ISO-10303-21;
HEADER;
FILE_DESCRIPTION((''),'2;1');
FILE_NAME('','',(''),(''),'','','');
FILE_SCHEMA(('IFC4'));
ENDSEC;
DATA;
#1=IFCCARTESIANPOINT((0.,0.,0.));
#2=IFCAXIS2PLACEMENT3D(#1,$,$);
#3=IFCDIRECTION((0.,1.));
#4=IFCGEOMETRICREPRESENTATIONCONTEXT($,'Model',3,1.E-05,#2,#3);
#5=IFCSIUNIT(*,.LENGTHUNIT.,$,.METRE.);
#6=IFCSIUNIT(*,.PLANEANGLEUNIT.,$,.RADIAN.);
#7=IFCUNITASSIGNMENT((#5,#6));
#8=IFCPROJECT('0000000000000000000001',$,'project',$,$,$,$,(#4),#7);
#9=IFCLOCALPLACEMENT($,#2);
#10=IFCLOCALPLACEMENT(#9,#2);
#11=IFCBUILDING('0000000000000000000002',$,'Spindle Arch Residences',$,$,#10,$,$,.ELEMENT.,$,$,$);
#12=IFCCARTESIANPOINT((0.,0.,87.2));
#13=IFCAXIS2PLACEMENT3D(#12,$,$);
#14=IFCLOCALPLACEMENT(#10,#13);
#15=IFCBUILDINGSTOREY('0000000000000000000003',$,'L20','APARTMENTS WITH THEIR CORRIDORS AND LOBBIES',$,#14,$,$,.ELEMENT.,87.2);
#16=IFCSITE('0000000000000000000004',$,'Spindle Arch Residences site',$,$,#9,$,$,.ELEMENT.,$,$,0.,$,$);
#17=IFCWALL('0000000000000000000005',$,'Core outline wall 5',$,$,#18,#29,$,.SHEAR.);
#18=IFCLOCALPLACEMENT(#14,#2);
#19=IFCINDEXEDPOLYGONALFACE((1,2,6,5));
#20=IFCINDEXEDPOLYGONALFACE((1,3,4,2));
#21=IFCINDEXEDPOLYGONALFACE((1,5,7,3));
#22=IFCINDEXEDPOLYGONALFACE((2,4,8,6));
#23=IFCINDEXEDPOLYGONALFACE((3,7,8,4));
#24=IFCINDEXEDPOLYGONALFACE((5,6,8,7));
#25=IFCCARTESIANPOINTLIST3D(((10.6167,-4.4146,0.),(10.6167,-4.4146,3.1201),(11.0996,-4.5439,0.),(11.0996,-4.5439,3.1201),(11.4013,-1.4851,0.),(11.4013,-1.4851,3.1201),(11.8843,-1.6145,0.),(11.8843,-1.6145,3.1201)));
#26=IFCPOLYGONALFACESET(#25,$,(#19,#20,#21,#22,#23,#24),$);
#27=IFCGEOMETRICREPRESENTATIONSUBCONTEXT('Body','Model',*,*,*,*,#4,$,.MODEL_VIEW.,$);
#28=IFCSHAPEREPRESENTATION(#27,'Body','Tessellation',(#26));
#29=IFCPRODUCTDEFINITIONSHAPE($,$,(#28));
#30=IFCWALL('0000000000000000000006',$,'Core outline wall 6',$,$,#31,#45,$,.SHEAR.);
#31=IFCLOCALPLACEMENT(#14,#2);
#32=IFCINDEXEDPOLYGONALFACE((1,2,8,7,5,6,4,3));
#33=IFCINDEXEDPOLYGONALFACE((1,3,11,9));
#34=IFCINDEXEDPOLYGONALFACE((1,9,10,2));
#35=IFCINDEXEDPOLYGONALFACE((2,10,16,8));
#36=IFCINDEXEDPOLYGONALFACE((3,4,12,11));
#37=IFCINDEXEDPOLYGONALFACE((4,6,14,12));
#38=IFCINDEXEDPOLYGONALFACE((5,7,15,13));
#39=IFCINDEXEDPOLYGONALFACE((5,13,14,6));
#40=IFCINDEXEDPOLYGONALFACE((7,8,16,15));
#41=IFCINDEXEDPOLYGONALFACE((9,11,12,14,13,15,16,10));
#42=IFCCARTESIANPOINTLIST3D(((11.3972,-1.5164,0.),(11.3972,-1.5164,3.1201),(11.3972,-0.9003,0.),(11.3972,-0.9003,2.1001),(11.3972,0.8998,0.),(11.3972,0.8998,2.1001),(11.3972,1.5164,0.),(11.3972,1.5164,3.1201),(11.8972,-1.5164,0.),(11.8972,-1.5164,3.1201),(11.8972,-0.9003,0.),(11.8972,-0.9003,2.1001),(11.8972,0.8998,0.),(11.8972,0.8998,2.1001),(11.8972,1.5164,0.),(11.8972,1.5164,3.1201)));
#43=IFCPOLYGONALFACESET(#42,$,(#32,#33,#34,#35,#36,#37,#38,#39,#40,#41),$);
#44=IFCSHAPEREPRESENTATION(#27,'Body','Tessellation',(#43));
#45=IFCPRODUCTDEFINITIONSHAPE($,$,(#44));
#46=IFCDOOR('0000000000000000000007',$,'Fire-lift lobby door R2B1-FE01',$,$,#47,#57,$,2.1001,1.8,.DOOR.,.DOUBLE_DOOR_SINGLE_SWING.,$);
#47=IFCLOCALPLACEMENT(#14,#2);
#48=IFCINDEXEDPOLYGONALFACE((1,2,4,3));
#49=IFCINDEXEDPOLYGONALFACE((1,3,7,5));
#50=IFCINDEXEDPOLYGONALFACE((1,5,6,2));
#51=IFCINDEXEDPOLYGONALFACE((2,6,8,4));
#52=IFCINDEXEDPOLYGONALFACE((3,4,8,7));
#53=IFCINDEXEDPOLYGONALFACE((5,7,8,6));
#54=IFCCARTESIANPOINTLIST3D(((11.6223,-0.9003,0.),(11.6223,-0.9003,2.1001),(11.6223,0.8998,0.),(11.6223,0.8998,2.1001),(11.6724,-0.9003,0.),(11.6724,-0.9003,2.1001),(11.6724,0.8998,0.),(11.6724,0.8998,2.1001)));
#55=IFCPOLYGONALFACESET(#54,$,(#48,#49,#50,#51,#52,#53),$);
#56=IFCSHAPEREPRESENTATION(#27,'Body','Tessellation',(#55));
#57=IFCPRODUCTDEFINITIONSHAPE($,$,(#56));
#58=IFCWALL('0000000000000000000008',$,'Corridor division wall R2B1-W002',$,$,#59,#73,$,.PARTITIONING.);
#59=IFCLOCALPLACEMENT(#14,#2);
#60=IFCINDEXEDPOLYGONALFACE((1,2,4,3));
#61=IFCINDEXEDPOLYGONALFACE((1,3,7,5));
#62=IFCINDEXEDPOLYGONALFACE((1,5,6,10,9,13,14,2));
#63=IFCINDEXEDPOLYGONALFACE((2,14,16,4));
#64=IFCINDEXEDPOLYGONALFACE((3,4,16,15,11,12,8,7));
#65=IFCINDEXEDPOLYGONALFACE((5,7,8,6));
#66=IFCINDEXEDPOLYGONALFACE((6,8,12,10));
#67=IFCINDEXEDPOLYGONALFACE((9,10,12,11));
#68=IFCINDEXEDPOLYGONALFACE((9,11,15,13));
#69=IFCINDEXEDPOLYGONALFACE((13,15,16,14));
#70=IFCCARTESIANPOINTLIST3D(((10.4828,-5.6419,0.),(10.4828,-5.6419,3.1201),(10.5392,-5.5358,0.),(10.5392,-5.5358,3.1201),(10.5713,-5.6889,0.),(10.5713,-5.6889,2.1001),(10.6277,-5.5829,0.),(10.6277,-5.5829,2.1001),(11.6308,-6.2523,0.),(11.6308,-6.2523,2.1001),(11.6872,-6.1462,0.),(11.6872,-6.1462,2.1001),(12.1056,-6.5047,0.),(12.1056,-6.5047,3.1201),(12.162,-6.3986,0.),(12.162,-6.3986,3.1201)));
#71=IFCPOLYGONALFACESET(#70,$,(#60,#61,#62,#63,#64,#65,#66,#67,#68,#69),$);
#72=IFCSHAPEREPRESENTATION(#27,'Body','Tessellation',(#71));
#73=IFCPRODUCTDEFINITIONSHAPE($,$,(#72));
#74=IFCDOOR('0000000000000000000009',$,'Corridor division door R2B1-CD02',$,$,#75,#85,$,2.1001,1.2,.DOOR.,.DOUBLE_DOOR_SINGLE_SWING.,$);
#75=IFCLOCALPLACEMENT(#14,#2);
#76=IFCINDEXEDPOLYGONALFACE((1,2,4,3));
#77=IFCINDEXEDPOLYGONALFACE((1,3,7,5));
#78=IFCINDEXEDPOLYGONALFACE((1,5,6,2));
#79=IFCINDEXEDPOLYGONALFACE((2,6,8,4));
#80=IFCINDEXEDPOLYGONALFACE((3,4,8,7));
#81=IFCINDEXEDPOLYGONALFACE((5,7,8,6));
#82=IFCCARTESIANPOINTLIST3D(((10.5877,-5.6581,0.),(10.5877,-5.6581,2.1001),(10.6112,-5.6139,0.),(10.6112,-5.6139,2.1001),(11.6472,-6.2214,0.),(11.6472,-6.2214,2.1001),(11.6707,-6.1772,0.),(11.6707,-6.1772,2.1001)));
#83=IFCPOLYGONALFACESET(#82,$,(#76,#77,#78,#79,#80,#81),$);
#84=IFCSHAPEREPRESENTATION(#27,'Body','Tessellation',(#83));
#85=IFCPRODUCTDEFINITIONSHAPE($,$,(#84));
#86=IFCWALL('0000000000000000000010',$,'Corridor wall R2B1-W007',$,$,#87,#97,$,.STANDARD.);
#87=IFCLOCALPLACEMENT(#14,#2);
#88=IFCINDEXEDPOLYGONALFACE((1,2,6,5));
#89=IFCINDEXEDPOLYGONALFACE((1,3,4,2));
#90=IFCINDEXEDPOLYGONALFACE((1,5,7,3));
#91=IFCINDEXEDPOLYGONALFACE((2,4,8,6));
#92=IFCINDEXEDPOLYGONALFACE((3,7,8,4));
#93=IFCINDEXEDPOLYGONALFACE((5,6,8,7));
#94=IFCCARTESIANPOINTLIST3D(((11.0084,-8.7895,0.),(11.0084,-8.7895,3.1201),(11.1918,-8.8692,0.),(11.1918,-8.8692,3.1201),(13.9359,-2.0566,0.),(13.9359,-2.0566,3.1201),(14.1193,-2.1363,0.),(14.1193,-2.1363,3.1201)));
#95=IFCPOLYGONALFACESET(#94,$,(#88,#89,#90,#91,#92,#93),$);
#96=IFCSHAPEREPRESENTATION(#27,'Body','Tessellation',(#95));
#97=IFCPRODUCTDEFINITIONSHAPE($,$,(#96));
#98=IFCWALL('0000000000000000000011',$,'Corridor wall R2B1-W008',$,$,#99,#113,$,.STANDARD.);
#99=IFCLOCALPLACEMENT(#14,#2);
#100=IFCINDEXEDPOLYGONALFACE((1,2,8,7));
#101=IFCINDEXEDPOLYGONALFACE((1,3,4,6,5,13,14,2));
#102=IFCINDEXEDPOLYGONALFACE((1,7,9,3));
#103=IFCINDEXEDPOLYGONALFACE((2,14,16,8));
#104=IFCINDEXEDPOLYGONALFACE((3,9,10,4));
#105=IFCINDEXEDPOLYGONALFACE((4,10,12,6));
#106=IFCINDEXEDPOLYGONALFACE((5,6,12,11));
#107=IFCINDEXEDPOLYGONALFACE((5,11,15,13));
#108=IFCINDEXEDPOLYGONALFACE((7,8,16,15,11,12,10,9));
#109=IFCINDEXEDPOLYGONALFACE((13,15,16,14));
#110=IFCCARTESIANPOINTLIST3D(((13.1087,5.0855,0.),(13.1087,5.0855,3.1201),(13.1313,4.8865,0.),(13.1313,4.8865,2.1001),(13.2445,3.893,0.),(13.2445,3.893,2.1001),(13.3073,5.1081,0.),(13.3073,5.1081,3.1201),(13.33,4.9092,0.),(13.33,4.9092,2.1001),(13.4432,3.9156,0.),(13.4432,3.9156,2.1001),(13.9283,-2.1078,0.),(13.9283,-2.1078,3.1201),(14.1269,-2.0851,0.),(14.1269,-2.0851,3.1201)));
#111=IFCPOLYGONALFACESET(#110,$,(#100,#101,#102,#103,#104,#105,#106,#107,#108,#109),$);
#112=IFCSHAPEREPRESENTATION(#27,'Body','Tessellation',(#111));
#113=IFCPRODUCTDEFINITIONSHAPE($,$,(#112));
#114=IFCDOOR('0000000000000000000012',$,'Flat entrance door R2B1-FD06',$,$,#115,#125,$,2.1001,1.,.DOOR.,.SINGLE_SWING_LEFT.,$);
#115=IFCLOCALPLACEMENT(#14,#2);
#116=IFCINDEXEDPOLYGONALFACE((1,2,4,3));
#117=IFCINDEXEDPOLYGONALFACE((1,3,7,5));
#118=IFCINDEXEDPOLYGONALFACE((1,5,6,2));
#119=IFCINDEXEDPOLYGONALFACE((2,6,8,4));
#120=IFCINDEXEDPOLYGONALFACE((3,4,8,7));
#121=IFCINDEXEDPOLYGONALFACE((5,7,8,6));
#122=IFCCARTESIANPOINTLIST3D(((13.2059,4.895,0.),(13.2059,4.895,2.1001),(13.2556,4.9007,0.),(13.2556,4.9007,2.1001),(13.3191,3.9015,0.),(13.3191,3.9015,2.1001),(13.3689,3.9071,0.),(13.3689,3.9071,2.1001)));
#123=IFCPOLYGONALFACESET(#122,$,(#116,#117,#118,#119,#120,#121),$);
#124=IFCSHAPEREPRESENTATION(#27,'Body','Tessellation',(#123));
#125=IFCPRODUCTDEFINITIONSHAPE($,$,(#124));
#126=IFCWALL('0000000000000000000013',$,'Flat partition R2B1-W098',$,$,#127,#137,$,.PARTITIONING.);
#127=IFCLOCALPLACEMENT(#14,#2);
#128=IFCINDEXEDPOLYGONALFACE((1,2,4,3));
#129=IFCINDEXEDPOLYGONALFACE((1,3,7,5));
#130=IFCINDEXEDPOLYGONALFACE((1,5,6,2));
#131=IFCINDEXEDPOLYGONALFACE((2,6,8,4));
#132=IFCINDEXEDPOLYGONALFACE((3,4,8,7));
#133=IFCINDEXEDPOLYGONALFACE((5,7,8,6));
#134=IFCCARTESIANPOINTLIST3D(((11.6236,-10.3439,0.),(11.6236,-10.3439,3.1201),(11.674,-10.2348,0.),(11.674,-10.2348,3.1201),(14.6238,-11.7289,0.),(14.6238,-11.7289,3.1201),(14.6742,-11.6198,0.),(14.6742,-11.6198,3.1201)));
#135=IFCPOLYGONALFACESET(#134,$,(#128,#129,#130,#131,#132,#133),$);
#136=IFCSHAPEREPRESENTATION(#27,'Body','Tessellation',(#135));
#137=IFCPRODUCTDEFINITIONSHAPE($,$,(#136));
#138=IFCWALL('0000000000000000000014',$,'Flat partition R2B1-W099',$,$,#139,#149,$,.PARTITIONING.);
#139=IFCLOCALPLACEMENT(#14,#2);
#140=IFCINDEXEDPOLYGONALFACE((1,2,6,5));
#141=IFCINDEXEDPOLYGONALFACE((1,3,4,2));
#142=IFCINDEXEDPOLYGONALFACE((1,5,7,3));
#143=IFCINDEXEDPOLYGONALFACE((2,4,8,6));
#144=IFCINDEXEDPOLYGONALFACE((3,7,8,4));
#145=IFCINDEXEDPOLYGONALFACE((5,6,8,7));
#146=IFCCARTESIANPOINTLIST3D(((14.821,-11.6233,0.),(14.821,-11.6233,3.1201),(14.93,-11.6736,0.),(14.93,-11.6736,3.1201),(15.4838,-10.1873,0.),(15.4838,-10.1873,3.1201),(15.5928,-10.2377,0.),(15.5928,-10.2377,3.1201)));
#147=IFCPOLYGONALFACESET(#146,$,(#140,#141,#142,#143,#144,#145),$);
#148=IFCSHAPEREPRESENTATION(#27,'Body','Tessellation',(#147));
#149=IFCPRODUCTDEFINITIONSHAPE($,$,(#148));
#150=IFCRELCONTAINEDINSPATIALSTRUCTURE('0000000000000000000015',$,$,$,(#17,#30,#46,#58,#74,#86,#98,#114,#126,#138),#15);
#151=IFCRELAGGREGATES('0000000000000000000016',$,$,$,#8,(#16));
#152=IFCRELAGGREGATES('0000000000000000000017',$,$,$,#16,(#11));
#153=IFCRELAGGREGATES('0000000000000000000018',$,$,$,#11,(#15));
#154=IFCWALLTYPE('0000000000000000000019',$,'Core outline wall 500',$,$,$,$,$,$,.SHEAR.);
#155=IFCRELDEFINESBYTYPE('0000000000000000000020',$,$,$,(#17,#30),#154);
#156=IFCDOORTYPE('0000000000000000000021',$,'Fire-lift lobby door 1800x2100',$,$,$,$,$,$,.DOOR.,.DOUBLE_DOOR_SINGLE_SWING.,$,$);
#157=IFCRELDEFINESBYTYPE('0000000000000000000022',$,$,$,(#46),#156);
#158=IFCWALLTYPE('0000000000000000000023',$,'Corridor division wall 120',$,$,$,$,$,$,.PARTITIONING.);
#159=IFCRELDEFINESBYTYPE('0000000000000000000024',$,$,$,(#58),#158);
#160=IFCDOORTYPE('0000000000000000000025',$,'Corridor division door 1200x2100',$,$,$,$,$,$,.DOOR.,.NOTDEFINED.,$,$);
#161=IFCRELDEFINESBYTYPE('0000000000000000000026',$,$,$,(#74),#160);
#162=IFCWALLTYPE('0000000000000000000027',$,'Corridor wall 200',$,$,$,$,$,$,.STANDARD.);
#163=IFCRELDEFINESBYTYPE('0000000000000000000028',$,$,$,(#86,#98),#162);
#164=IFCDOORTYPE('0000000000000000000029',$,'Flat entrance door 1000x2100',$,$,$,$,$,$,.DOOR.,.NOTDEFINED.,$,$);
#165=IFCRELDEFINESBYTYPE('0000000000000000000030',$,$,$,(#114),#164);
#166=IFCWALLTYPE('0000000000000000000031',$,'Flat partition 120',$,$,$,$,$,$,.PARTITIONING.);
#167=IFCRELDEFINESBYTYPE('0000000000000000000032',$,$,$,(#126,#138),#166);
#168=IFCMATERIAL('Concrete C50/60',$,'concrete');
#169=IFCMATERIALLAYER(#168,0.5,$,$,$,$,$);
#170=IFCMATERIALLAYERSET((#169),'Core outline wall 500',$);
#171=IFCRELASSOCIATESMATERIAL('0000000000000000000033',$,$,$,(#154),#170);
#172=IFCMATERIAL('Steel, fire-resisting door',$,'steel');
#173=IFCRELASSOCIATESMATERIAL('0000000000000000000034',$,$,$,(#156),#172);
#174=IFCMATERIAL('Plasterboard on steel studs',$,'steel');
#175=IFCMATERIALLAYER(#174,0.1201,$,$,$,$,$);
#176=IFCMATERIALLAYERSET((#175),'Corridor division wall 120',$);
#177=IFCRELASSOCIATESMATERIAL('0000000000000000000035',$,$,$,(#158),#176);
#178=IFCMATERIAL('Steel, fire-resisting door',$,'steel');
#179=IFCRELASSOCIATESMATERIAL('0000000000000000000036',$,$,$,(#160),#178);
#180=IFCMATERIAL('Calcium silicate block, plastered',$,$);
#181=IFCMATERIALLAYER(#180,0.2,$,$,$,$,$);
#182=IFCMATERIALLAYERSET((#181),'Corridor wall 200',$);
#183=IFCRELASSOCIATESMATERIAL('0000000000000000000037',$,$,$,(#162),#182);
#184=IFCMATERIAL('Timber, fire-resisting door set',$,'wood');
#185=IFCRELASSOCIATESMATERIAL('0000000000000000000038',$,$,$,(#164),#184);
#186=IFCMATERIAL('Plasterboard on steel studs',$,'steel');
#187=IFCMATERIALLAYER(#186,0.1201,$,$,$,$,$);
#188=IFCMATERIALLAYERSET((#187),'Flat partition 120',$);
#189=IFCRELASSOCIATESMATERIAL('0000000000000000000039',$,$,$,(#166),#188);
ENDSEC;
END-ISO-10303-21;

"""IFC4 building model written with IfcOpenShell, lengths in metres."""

from ifc_helpers import new_model, si_unit, direction, frame, frame_2d, origin, place, context, subcontext, project, spatial, rectangle, extrude, material, layer, layer_set, type_object, element, fill, save


model = new_model("IFC4")

# Units and contexts
model_context = context("Model", 3, precision=1e-05, world=origin(), true_north=direction((0.0, 1.0)))
body_context = subcontext(model_context, "Body", "Model", "MODEL_VIEW")
ifc_project = project(units=[si_unit("LENGTHUNIT", "METRE"), si_unit("PLANEANGLEUNIT", "RADIAN")], contexts=[model_context])

# Site, building, storey
site_placement = place(None, origin())
site = spatial("IfcSite", under=ifc_project, at=site_placement, Name="Spindle Arch Residences site", CompositionType="ELEMENT", RefElevation=0.0)
building_placement = place(site_placement, origin())
building = spatial("IfcBuilding", under=site, at=building_placement, Name="Spindle Arch Residences", CompositionType="ELEMENT")
storey_placement = place(building_placement, frame((0.0, 0.0, 87.2)))
storey = spatial("IfcBuildingStorey", under=building, at=storey_placement, Name="L20", Description="APARTMENTS WITH THEIR CORRIDORS AND LOBBIES", CompositionType="ELEMENT", Elevation=87.2)

# Wall
ifc_material_1 = material(Name="Concrete C50/60", Category="concrete")
ifc_layer_1 = layer(ifc_material_1, 0.5)
ifc_layer_set_1 = layer_set([ifc_layer_1], Name="Core outline wall 500")
wall_type_1 = type_object("IfcWallType", Name="Core outline wall 500", PredefinedType="SHEAR", material=ifc_layer_set_1)
wall_1_placement = place(storey_placement, frame((10.8582, -4.4792, 0.0), z_axis=(0.0, 0.0, 1.0), x_axis=(0.258735, 0.965948, 0.0)))
element("IfcWall", 1, at=wall_1_placement, inside=storey, type_object=wall_type_1, Name="Core outline wall 5", PredefinedType="SHEAR", context=body_context, shape_type="SweptSolid", body=[
    extrude(rectangle(XDim=3.0327, YDim=0.5, at=frame_2d((1.5164, 0.0))), origin(), (0.0, 0.0, 1.0), 3.1201),
])

# Walls, openings, doors
wall_2_placement = place(storey_placement, frame((11.6472, -1.5164, 0.0), z_axis=(0.0, 0.0, 1.0), x_axis=(0.0, 1.0, 0.0)))
wall_2 = element("IfcWall", 2, at=wall_2_placement, inside=storey, type_object=wall_type_1, Name="Core outline wall 6", PredefinedType="SHEAR", context=body_context, shape_type="SweptSolid", body=[
    extrude(rectangle(XDim=3.0327, YDim=0.5, at=frame_2d((1.5164, 0.0))), origin(), (0.0, 0.0, 1.0), 3.1201),
])
opening_1_placement = place(wall_2_placement, frame((0.6162, 0.0, 0.0)))
opening_1 = element("IfcOpeningElement", 3, at=opening_1_placement, cuts=wall_2, PredefinedType="OPENING", context=body_context, shape_type="SweptSolid", body=[
    extrude(rectangle(XDim=1.8, YDim=2.1001, at=frame_2d((0.8999, 1.05))), frame((0.0, 0.26, 0.0), z_axis=(0.0, -1.0, 0.0), x_axis=(1.0, 0.0, 0.0)), (0.0, 0.0, 1.0), 0.52),
])
ifc_material_2 = material(Name="Steel, fire-resisting door", Category="steel")
door_type_1 = type_object("IfcDoorType", Name="Fire-lift lobby door 1800x2100", OperationType="DOUBLE_DOOR_SINGLE_SWING", PredefinedType="DOOR", material=ifc_material_2)
door_1_placement = place(opening_1_placement, origin())
door_1 = element("IfcDoor", 4, at=door_1_placement, inside=storey, type_object=door_type_1, Name="Fire-lift lobby door R2B1-FE01", OperationType="DOUBLE_DOOR_SINGLE_SWING", OverallHeight=2.1001, OverallWidth=1.8, PredefinedType="DOOR", context=body_context, shape_type="SweptSolid", body=[
    extrude(rectangle(XDim=1.8, YDim=2.1001, at=frame_2d((0.8999, 1.05))), frame((0.0, 0.0249, 0.0), z_axis=(0.0, -1.0, 0.0), x_axis=(1.0, 0.0, 0.0)), (0.0, 0.0, 1.0), 0.05),
])
fill(opening_1, door_1)
ifc_material_3 = material(Name="Plasterboard on steel studs", Category="steel")
ifc_layer_2 = layer(ifc_material_3, 0.1201)
ifc_layer_set_2 = layer_set([ifc_layer_2], Name="Corridor division wall 120")
wall_type_2 = type_object("IfcWallType", Name="Corridor division wall 120", PredefinedType="PARTITIONING", material=ifc_layer_set_2)
wall_3_placement = place(storey_placement, frame((10.511, -5.5889, 0.0), z_axis=(0.0, 0.0, 1.0), x_axis=(0.882963, -0.469443, 0.0)))
wall_3 = element("IfcWall", 5, at=wall_3_placement, inside=storey, type_object=wall_type_2, Name="Corridor division wall R2B1-W002", PredefinedType="PARTITIONING", context=body_context, shape_type="SweptSolid", body=[
    extrude(rectangle(XDim=1.8379, YDim=0.1201, at=frame_2d((0.9189, 0.0))), origin(), (0.0, 0.0, 1.0), 3.1201),
])
opening_2_placement = place(wall_3_placement, frame((0.1001, 0.0, 0.0)))
opening_2 = element("IfcOpeningElement", 6, at=opening_2_placement, cuts=wall_3, PredefinedType="OPENING", context=body_context, shape_type="SweptSolid", body=[
    extrude(rectangle(XDim=1.2, YDim=2.1001, at=frame_2d((0.6001, 1.05))), frame((0.0, 0.0701, 0.0), z_axis=(0.0, -1.0, 0.0), x_axis=(1.0, 0.0, 0.0)), (0.0, 0.0, 1.0), 0.1401),
])
ifc_material_4 = material(Name="Steel, fire-resisting door", Category="steel")
door_type_2 = type_object("IfcDoorType", Name="Corridor division door 1200x2100", OperationType="NOTDEFINED", PredefinedType="DOOR", material=ifc_material_4)
door_2_placement = place(opening_2_placement, origin())
door_2 = element("IfcDoor", 7, at=door_2_placement, inside=storey, type_object=door_type_2, Name="Corridor division door R2B1-CD02", OperationType="DOUBLE_DOOR_SINGLE_SWING", OverallHeight=2.1001, OverallWidth=1.2, PredefinedType="DOOR", context=body_context, shape_type="SweptSolid", body=[
    extrude(rectangle(XDim=1.2, YDim=2.1001, at=frame_2d((0.6001, 1.05))), frame((0.0, 0.0249, 0.0), z_axis=(0.0, -1.0, 0.0), x_axis=(1.0, 0.0, 0.0)), (0.0, 0.0, 1.0), 0.05),
])
fill(opening_2, door_2)

# Wall
ifc_material_5 = material(Name="Calcium silicate block, plastered")
ifc_layer_3 = layer(ifc_material_5, 0.2)
ifc_layer_set_3 = layer_set([ifc_layer_3], Name="Corridor wall 200")
wall_type_3 = type_object("IfcWallType", Name="Corridor wall 200", PredefinedType="STANDARD", material=ifc_layer_set_3)
wall_4_placement = place(storey_placement, frame((11.1001, -8.8293, 0.0), z_axis=(0.0, 0.0, 1.0), x_axis=(0.398742, 0.917063, 0.0)))
element("IfcWall", 8, at=wall_4_placement, inside=storey, type_object=wall_type_3, Name="Corridor wall R2B1-W007", PredefinedType="STANDARD", context=body_context, shape_type="SweptSolid", body=[
    extrude(rectangle(XDim=7.3418, YDim=0.2, at=frame_2d((3.6709, 0.0))), origin(), (0.0, 0.0, 1.0), 3.1201),
])

# Wall, opening, door
wall_5_placement = place(storey_placement, frame((14.0276, -2.0964, 0.0), z_axis=(0.0, 0.0, 1.0), x_axis=(-0.113207, 0.993571, 0.0)))
wall_5 = element("IfcWall", 9, at=wall_5_placement, inside=storey, type_object=wall_type_3, Name="Corridor wall R2B1-W008", PredefinedType="STANDARD", context=body_context, shape_type="SweptSolid", body=[
    extrude(rectangle(XDim=7.2397, YDim=0.2, at=frame_2d((3.6199, 0.0))), origin(), (0.0, 0.0, 1.0), 3.1201),
])
opening_3_placement = place(wall_5_placement, frame((6.0396, 0.0, 0.0)))
opening_3 = element("IfcOpeningElement", 10, at=opening_3_placement, cuts=wall_5, PredefinedType="OPENING", context=body_context, shape_type="SweptSolid", body=[
    extrude(rectangle(XDim=1.0, YDim=2.1001, at=frame_2d((0.5, 1.05))), frame((0.0, 0.1099, 0.0), z_axis=(0.0, -1.0, 0.0), x_axis=(1.0, 0.0, 0.0)), (0.0, 0.0, 1.0), 0.22),
])
ifc_material_6 = material(Name="Timber, fire-resisting door set", Category="wood")
door_type_3 = type_object("IfcDoorType", Name="Flat entrance door 1000x2100", OperationType="NOTDEFINED", PredefinedType="DOOR", material=ifc_material_6)
door_3_placement = place(opening_3_placement, origin())
door_3 = element("IfcDoor", 11, at=door_3_placement, inside=storey, type_object=door_type_3, Name="Flat entrance door R2B1-FD06", OperationType="SINGLE_SWING_LEFT", OverallHeight=2.1001, OverallWidth=1.0, PredefinedType="DOOR", context=body_context, shape_type="SweptSolid", body=[
    extrude(rectangle(XDim=1.0, YDim=2.1001, at=frame_2d((0.5, 1.05))), frame((0.0, 0.0249, 0.0), z_axis=(0.0, -1.0, 0.0), x_axis=(1.0, 0.0, 0.0)), (0.0, 0.0, 1.0), 0.05),
])
fill(opening_3, door_3)

# Walls
ifc_material_7 = material(Name="Plasterboard on steel studs", Category="steel")
ifc_layer_4 = layer(ifc_material_7, 0.1201)
ifc_layer_set_4 = layer_set([ifc_layer_4], Name="Flat partition 120")
wall_type_4 = type_object("IfcWallType", Name="Flat partition 120", PredefinedType="PARTITIONING", material=ifc_layer_set_4)
wall_6_placement = place(storey_placement, frame((11.6487, -10.2893, 0.0), z_axis=(0.0, 0.0, 1.0), x_axis=(0.907927, -0.419128, 0.0)))
element("IfcWall", 12, at=wall_6_placement, inside=storey, type_object=wall_type_4, Name="Flat partition R2B1-W098", PredefinedType="PARTITIONING", context=body_context, shape_type="SweptSolid", body=[
    extrude(rectangle(XDim=3.3044, YDim=0.1201, at=frame_2d((1.6523, 0.0))), origin(), (0.0, 0.0, 1.0), 3.1201),
])
wall_7_placement = place(storey_placement, frame((14.8755, -11.6484, 0.0), z_axis=(0.0, 0.0, 1.0), x_axis=(0.419088, 0.907946, 0.0)))
element("IfcWall", 13, at=wall_7_placement, inside=storey, type_object=wall_type_4, Name="Flat partition R2B1-W099", PredefinedType="PARTITIONING", context=body_context, shape_type="SweptSolid", body=[
    extrude(rectangle(XDim=1.5815, YDim=0.1201, at=frame_2d((0.7908, 0.0))), origin(), (0.0, 0.0, 1.0), 3.1201),
])

save(model, "model.ifc")
